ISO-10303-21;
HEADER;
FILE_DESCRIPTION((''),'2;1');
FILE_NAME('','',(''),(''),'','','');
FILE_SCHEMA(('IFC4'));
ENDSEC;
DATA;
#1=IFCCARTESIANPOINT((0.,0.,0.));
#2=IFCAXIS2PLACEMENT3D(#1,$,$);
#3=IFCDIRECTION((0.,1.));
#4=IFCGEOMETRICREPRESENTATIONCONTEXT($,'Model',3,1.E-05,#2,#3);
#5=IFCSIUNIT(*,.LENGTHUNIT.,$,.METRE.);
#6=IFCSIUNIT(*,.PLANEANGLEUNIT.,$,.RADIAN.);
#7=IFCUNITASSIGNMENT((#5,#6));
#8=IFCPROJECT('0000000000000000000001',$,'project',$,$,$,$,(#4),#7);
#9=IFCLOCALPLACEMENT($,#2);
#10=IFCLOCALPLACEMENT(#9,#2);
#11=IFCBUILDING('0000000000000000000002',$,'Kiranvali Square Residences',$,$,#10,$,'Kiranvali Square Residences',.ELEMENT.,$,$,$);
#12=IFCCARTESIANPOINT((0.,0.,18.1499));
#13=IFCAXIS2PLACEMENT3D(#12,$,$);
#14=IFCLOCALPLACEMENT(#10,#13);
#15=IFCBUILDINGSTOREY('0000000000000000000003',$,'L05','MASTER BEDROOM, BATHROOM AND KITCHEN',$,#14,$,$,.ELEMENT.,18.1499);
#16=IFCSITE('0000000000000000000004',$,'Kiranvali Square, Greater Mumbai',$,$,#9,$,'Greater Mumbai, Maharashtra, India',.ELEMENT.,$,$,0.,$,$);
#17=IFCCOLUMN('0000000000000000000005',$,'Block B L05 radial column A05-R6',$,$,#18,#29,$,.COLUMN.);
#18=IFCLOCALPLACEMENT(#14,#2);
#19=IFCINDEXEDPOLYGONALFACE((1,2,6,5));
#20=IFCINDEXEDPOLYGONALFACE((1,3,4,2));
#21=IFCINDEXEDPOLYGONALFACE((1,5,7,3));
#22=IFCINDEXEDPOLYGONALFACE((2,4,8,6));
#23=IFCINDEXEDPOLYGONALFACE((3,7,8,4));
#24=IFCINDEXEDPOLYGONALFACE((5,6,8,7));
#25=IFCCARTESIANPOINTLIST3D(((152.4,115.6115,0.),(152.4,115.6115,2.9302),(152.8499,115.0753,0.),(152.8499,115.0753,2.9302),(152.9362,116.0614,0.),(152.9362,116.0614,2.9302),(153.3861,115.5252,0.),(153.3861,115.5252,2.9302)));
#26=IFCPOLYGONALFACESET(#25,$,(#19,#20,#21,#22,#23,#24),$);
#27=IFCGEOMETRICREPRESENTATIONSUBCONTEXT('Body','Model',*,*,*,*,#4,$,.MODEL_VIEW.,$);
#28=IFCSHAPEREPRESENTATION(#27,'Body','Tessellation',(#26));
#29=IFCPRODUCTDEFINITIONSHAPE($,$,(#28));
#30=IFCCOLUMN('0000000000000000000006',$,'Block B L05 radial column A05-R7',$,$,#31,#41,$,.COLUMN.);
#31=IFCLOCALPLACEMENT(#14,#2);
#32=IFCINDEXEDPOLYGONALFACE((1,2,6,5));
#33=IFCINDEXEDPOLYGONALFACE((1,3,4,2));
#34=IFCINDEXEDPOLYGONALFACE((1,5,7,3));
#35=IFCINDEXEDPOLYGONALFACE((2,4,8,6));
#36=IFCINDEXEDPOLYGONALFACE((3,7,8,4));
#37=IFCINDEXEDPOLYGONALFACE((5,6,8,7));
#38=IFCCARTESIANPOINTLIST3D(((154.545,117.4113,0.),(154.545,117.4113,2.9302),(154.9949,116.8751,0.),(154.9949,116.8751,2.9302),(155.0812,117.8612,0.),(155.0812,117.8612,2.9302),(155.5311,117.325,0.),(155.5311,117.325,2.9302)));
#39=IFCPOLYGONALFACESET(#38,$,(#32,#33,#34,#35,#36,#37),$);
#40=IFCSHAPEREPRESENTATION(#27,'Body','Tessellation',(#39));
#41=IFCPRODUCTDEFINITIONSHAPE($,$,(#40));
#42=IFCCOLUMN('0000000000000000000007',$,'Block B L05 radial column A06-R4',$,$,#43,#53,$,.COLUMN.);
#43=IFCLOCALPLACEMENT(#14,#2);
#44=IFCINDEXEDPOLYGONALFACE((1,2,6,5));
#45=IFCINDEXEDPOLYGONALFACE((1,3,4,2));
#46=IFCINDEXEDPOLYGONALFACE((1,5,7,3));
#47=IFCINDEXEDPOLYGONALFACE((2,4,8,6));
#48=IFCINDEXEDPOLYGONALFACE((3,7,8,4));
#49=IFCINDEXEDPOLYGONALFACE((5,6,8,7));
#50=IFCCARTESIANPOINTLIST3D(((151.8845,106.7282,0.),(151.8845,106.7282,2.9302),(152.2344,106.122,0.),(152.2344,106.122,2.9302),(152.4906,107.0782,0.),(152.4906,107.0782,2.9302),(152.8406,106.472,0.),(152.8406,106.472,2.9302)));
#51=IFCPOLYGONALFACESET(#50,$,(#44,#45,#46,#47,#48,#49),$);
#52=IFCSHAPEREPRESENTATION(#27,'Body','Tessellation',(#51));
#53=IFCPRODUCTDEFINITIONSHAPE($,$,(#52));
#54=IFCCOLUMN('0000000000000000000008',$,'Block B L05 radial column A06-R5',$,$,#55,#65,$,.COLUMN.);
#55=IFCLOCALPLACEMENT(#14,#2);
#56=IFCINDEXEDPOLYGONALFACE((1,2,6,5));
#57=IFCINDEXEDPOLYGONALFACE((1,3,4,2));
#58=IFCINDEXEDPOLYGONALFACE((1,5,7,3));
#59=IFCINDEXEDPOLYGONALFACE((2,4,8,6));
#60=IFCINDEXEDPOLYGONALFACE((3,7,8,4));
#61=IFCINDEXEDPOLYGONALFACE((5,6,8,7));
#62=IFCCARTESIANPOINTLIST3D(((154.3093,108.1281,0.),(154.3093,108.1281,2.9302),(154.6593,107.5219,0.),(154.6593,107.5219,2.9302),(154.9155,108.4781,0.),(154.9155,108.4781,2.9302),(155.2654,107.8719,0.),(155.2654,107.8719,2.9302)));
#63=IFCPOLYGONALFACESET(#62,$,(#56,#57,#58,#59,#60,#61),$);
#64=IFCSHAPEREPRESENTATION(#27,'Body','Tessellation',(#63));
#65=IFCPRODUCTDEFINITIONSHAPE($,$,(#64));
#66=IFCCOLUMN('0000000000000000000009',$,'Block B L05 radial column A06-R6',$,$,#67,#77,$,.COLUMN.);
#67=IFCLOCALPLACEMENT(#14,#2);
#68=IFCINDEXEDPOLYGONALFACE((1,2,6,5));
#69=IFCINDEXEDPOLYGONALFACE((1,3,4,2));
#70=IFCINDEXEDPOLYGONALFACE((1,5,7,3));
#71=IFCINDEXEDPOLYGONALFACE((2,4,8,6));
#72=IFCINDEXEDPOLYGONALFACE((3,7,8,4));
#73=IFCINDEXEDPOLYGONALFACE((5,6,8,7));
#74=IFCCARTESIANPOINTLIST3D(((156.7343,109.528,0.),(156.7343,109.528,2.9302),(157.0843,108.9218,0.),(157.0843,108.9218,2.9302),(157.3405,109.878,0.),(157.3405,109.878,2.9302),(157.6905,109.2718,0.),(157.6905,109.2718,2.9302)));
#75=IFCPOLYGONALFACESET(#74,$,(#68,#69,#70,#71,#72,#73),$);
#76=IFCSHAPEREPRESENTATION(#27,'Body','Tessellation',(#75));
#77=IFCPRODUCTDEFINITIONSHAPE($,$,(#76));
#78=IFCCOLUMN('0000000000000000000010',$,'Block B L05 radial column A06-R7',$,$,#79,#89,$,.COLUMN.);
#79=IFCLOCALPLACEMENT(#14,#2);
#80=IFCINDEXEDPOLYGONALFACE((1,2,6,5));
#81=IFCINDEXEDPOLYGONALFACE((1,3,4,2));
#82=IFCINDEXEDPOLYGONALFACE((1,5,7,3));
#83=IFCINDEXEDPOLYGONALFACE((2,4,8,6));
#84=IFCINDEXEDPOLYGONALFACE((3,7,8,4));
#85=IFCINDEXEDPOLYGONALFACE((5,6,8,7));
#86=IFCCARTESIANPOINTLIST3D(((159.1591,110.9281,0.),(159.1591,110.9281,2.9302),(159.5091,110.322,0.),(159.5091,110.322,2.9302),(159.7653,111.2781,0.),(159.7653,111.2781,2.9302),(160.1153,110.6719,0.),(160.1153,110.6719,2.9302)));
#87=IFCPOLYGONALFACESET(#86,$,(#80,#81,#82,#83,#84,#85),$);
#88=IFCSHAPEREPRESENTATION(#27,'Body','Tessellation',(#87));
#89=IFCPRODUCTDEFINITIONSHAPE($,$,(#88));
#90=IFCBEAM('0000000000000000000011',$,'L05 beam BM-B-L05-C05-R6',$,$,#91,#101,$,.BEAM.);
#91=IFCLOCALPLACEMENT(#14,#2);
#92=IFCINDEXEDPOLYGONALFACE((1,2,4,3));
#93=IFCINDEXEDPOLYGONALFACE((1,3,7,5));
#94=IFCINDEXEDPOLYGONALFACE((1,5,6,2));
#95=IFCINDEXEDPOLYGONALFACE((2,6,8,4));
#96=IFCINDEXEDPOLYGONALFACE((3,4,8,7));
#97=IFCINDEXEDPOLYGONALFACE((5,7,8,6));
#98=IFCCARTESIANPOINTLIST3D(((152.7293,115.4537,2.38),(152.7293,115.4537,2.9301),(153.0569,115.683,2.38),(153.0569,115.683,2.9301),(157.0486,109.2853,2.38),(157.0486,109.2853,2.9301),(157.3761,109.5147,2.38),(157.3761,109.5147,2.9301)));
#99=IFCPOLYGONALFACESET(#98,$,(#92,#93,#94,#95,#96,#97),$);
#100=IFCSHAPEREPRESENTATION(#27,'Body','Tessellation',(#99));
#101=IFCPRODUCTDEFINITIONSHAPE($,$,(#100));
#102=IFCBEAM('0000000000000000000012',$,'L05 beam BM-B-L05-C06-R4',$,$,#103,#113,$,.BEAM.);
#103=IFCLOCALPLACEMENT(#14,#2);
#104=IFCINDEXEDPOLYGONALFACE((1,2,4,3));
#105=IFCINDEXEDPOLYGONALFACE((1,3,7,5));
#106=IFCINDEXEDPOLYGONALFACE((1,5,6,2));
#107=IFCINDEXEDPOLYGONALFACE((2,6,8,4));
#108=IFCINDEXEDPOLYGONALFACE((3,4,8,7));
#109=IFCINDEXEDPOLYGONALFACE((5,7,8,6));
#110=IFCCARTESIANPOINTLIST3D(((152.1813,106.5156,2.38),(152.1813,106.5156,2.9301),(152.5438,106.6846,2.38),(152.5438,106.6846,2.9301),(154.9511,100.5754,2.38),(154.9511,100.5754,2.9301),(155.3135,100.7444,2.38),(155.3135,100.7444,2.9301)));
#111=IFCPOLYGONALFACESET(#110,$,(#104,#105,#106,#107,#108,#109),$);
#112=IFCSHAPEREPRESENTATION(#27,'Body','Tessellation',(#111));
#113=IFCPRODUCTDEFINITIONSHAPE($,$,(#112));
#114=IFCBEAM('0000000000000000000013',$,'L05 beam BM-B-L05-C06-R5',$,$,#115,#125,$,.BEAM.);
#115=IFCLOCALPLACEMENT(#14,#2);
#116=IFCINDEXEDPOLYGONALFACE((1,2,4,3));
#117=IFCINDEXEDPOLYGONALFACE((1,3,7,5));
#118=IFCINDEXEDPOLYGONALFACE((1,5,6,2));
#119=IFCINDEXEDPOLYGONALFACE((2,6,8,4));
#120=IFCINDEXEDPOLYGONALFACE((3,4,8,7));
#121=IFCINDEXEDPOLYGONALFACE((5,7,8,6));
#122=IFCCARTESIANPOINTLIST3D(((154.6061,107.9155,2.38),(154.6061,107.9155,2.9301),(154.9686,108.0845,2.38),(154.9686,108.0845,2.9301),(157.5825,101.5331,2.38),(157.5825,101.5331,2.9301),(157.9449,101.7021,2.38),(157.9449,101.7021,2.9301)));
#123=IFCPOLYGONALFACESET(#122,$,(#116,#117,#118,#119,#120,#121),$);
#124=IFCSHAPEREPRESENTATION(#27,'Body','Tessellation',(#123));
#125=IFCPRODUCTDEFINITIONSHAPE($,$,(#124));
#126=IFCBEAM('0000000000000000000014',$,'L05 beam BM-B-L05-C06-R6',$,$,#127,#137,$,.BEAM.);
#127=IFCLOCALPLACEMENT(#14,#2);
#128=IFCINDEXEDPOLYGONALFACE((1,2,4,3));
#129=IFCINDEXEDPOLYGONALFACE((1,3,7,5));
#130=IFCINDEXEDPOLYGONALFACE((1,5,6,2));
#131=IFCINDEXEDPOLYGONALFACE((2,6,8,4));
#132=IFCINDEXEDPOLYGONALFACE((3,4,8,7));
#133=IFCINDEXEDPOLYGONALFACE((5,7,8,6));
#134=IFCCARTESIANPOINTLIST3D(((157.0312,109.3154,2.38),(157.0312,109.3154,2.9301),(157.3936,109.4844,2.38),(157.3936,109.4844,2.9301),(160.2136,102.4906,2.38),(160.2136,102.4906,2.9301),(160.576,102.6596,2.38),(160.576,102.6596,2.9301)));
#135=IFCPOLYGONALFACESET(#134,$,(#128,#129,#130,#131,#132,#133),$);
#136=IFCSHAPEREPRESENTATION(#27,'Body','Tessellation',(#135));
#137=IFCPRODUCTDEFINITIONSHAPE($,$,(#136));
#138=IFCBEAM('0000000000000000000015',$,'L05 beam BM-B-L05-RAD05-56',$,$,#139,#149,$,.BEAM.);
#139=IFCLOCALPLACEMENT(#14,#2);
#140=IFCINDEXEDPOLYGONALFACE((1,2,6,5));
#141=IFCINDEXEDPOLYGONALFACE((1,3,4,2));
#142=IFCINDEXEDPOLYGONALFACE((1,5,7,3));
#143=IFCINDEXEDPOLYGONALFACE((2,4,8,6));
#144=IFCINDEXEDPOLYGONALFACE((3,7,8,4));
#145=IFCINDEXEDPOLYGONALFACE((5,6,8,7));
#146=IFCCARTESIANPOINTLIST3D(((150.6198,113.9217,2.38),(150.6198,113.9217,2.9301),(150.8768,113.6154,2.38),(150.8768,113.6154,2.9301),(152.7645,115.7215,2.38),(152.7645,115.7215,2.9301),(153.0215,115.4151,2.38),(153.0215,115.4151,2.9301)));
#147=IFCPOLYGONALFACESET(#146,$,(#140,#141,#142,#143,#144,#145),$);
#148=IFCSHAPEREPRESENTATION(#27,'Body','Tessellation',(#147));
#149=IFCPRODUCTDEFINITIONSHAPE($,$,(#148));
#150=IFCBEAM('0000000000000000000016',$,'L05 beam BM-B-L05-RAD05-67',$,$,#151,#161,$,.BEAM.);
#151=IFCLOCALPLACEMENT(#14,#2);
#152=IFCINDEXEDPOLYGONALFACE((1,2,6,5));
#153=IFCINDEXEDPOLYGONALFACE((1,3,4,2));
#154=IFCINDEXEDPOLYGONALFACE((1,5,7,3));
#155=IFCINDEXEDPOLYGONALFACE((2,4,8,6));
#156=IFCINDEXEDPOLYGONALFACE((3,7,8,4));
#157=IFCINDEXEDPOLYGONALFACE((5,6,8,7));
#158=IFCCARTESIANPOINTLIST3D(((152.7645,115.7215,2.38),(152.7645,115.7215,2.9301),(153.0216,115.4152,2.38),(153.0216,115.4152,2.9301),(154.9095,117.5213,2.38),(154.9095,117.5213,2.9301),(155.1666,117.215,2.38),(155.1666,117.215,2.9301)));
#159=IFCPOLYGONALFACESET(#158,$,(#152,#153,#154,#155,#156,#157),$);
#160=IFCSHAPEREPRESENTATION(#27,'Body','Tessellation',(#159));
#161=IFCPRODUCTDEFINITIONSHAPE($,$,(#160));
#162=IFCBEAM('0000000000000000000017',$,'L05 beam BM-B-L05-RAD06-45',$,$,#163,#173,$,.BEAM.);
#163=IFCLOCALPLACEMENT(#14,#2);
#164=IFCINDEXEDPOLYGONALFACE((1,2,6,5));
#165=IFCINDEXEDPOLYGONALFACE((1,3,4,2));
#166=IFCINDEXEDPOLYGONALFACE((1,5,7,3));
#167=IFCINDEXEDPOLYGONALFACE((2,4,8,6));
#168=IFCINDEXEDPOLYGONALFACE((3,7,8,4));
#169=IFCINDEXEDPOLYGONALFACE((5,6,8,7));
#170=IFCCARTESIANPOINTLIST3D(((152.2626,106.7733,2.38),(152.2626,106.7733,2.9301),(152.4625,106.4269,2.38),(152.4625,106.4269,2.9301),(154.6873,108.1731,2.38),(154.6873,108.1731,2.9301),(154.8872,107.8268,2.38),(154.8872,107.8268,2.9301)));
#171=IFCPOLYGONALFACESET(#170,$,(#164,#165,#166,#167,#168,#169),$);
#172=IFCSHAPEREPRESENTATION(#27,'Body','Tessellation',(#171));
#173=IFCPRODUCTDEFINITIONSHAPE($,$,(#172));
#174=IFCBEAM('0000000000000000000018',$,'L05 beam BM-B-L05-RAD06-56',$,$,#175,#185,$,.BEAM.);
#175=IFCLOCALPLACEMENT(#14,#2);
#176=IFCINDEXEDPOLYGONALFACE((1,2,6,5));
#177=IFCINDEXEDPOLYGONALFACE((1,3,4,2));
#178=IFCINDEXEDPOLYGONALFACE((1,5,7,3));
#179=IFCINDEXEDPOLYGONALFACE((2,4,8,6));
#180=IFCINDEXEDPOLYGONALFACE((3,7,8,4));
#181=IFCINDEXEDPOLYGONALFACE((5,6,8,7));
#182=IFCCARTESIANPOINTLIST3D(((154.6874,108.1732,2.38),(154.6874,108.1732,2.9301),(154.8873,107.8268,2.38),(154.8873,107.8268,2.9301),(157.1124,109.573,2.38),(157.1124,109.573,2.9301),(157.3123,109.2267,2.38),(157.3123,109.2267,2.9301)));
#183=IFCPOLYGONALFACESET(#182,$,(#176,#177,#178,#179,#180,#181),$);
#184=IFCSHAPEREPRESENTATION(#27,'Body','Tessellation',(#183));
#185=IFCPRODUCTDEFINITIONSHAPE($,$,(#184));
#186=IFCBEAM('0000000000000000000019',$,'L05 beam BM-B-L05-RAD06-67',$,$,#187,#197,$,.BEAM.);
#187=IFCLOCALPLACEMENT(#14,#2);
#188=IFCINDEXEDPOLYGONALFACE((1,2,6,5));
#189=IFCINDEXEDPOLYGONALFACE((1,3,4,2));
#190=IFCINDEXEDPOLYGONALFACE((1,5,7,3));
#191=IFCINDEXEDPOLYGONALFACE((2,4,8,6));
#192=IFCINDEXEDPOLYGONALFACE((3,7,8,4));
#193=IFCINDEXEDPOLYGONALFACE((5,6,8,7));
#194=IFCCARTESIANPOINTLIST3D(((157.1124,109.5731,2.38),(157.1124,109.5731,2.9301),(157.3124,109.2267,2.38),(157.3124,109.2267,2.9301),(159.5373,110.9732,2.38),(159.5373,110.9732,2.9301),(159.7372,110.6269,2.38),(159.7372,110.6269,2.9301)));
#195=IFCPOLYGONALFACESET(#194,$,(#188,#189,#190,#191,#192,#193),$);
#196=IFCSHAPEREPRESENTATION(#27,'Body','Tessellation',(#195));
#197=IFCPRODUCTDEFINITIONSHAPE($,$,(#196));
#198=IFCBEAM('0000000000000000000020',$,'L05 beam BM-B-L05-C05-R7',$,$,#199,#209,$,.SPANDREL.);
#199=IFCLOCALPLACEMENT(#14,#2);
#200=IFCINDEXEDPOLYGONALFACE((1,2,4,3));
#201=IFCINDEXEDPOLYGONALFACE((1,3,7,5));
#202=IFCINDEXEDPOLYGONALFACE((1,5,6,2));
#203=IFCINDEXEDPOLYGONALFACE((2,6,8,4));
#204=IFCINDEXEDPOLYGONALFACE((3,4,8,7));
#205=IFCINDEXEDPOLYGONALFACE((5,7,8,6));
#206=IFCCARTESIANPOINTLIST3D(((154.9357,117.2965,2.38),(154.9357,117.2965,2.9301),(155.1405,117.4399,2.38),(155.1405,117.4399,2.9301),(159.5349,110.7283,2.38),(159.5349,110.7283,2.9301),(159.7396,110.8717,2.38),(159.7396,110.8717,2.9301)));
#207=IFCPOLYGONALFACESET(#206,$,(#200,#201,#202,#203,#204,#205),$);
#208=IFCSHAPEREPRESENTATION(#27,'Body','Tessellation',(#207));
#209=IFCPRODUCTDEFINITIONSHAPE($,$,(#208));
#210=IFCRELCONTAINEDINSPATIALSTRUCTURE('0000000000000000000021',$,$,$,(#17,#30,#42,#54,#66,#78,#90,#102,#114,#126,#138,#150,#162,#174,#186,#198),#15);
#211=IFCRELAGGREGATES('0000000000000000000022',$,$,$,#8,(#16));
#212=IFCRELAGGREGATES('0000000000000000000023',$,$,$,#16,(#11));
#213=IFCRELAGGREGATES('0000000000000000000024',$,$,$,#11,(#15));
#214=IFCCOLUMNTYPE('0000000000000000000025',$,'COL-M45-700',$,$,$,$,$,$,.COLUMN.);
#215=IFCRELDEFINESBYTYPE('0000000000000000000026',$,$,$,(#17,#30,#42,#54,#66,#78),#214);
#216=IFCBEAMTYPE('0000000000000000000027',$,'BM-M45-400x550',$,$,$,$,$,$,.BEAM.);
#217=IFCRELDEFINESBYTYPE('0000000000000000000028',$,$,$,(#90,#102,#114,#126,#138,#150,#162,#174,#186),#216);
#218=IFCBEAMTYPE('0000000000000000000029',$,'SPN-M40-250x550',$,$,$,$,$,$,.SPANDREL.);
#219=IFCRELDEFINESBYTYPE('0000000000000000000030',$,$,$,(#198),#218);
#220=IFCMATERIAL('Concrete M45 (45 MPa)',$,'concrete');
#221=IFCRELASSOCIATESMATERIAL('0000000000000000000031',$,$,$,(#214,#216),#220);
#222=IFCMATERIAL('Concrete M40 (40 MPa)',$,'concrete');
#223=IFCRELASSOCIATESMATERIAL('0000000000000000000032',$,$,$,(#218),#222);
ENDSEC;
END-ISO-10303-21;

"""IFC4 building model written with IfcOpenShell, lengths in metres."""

from ifc_helpers import new_model, si_unit, direction, frame, origin, origin_2d, place, context, subcontext, project, spatial, rectangle, extrude, material, material_profile, profile_set, type_object, element, save


model = new_model("IFC4")

# Units and contexts
model_context = context("Model", 3, precision=1e-05, world=origin(), true_north=direction((0.0, 1.0)))
body_context = subcontext(model_context, "Body", "Model", "MODEL_VIEW")
ifc_project = project(units=[si_unit("LENGTHUNIT", "METRE"), si_unit("PLANEANGLEUNIT", "RADIAN")], contexts=[model_context])

# Site, building, storey
site_placement = place(None, origin())
site = spatial("IfcSite", under=ifc_project, at=site_placement, Name="Kiranvali Square, Greater Mumbai", LongName="Greater Mumbai, Maharashtra, India", CompositionType="ELEMENT", RefElevation=0.0)
building_placement = place(site_placement, origin())
building = spatial("IfcBuilding", under=site, at=building_placement, Name="Kiranvali Square Residences", LongName="Kiranvali Square Residences", CompositionType="ELEMENT")
storey_placement = place(building_placement, frame((0.0, 0.0, 18.1499)))
storey = spatial("IfcBuildingStorey", under=building, at=storey_placement, Name="L05", Description="MASTER BEDROOM, BATHROOM AND KITCHEN", CompositionType="ELEMENT", Elevation=18.1499)

# Columns
ifc_material_1 = material(Name="Concrete M45 (45 MPa)", Category="concrete")
ifc_material_profile_1 = material_profile(ifc_material_1, rectangle(XDim=0.7, YDim=0.7, at=origin_2d()), Name="RC 700x700")
ifc_profile_set_1 = profile_set([ifc_material_profile_1], Name="Concrete M45 (45 MPa)")
column_type = type_object("IfcColumnType", Name="COL-M45-700", PredefinedType="COLUMN", material=ifc_profile_set_1)
for number, where, z_axis, x_axis, name in (
    (1, (152.8931, 115.5684, 0.0), (0.0, 0.0, 1.0), (-0.642788, 0.766044, 0.0), "Block B L05 radial column A05-R6"),
    (2, (155.0381, 117.3682, 0.0), (0.0, 0.0, 1.0), (-0.642788, 0.766044, 0.0), "Block B L05 radial column A05-R7"),
    (3, (152.3625, 106.6001, 0.0), (0.0, 0.0, 1.0), (-0.5, 0.866025, 0.0), "Block B L05 radial column A06-R4"),
    (4, (154.7874, 108.0, 0.0), (0.0, 0.0, 1.0), (-0.5, 0.866025, 0.0), "Block B L05 radial column A06-R5"),
    (5, (157.2124, 109.3999, 0.0), (0.0, 0.0, 1.0), (-0.5, 0.866025, 0.0), "Block B L05 radial column A06-R6"),
    (6, (159.6372, 110.8, 0.0), (0.0, 0.0, 1.0), (-0.5, 0.866025, 0.0), "Block B L05 radial column A06-R7"),
):
    element("IfcColumn", number, at=place(storey_placement, frame(where, z_axis=z_axis, x_axis=x_axis)), inside=storey, type_object=column_type, Name=name, PredefinedType="COLUMN", context=body_context, shape_type="SweptSolid", body=[
        extrude(rectangle(XDim=0.7, YDim=0.7, at=origin_2d()), origin(), (0.0, 0.0, 1.0), 2.9302),
    ])

# Beams
ifc_material_profile_2 = material_profile(ifc_material_1, rectangle(XDim=0.3999, YDim=0.55, at=origin_2d()), Name="RC 400x550")
ifc_profile_set_2 = profile_set([ifc_material_profile_2], Name="Concrete M45 (45 MPa)")
beam_type_1 = type_object("IfcBeamType", Name="BM-M45-400x550", PredefinedType="BEAM", material=ifc_profile_set_2)
beam_1_placement = place(storey_placement, frame((152.8931, 115.5684, 2.655), z_axis=(0.573589, -0.819144, 0.0), x_axis=(0.819144, 0.573589, 0.0)))
element("IfcBeam", 7, at=beam_1_placement, inside=storey, type_object=beam_type_1, Name="L05 beam BM-B-L05-C05-R6", PredefinedType="BEAM", context=body_context, shape_type="SweptSolid", body=[
    extrude(rectangle(XDim=0.3999, YDim=0.55, at=origin_2d()), origin(), (0.0, 0.0, 1.0), 7.5303),
])
beam_2_placement = place(storey_placement, frame((152.3625, 106.6001, 2.655), z_axis=(0.422596, -0.906318, 0.0), x_axis=(0.906318, 0.422596, 0.0)))
element("IfcBeam", 8, at=beam_2_placement, inside=storey, type_object=beam_type_1, Name="L05 beam BM-B-L05-C06-R4", PredefinedType="BEAM", context=body_context, shape_type="SweptSolid", body=[
    extrude(rectangle(XDim=0.3999, YDim=0.55, at=origin_2d()), origin(), (0.0, 0.0, 1.0), 6.5542),
])
beam_3_placement = place(storey_placement, frame((154.7874, 108.0, 2.655), z_axis=(0.422641, -0.906297, 0.0), x_axis=(0.906297, 0.422641, 0.0)))
element("IfcBeam", 9, at=beam_3_placement, inside=storey, type_object=beam_type_1, Name="L05 beam BM-B-L05-C06-R5", PredefinedType="BEAM", context=body_context, shape_type="SweptSolid", body=[
    extrude(rectangle(XDim=0.3999, YDim=0.55, at=origin_2d()), origin(), (0.0, 0.0, 1.0), 7.0422),
])
beam_4_placement = place(storey_placement, frame((157.2124, 109.3999, 2.655), z_axis=(0.422614, -0.90631, 0.0), x_axis=(0.90631, 0.422614, 0.0)))
element("IfcBeam", 10, at=beam_4_placement, inside=storey, type_object=beam_type_1, Name="L05 beam BM-B-L05-C06-R6", PredefinedType="BEAM", context=body_context, shape_type="SweptSolid", body=[
    extrude(rectangle(XDim=0.3999, YDim=0.55, at=origin_2d()), origin(), (0.0, 0.0, 1.0), 7.5303),
])
beam_5_placement = place(storey_placement, frame((150.7483, 113.7686, 2.655), z_axis=(0.766023, 0.642814, 0.0), x_axis=(-0.642814, 0.766023, 0.0)))
element("IfcBeam", 11, at=beam_5_placement, inside=storey, type_object=beam_type_1, Name="L05 beam BM-B-L05-RAD05-56", PredefinedType="BEAM", context=body_context, shape_type="SweptSolid", body=[
    extrude(rectangle(XDim=0.3999, YDim=0.55, at=origin_2d()), origin(), (0.0, 0.0, 1.0), 2.7998),
])
beam_6_placement = place(storey_placement, frame((152.8931, 115.5684, 2.655), z_axis=(0.766059, 0.642771, 0.0), x_axis=(-0.642771, 0.766059, 0.0)))
element("IfcBeam", 12, at=beam_6_placement, inside=storey, type_object=beam_type_1, Name="L05 beam BM-B-L05-RAD05-67", PredefinedType="BEAM", context=body_context, shape_type="SweptSolid", body=[
    extrude(rectangle(XDim=0.3999, YDim=0.55, at=origin_2d()), origin(), (0.0, 0.0, 1.0), 2.8),
])
beam_7_placement = place(storey_placement, frame((152.3625, 106.6001, 2.655), z_axis=(0.866035, 0.499984, 0.0), x_axis=(-0.499984, 0.866035, 0.0)))
element("IfcBeam", 13, at=beam_7_placement, inside=storey, type_object=beam_type_1, Name="L05 beam BM-B-L05-RAD06-45", PredefinedType="BEAM", context=body_context, shape_type="SweptSolid", body=[
    extrude(rectangle(XDim=0.3999, YDim=0.55, at=origin_2d()), origin(), (0.0, 0.0, 1.0), 2.7998),
])
for number, where, z_axis, x_axis, name in (
    (14, (154.7874, 108.0, 2.655), (0.866056, 0.499946, 0.0), (-0.499946, 0.866056, 0.0), "L05 beam BM-B-L05-RAD06-56"),
    (15, (157.2124, 109.3999, 2.655), (0.865997, 0.50005, 0.0), (-0.50005, 0.865997, 0.0), "L05 beam BM-B-L05-RAD06-67"),
):
    element("IfcBeam", number, at=place(storey_placement, frame(where, z_axis=z_axis, x_axis=x_axis)), inside=storey, type_object=beam_type_1, Name=name, PredefinedType="BEAM", context=body_context, shape_type="SweptSolid", body=[
        extrude(rectangle(XDim=0.3999, YDim=0.55, at=origin_2d()), origin(), (0.0, 0.0, 1.0), 2.8),
    ])
ifc_material_2 = material(Name="Concrete M40 (40 MPa)", Category="concrete")
ifc_material_profile_3 = material_profile(ifc_material_2, rectangle(XDim=0.25, YDim=0.55, at=origin_2d()), Name="RC 250x550")
ifc_profile_set_3 = profile_set([ifc_material_profile_3], Name="Concrete M40 (40 MPa)")
beam_type_2 = type_object("IfcBeamType", Name="SPN-M40-250x550", PredefinedType="SPANDREL", material=ifc_profile_set_3)
for number, where, z_axis, x_axis, name in (
    (16, (155.0381, 117.3682, 2.655), (0.573583, -0.819148, 0.0), (0.819148, 0.573583, 0.0), "L05 beam BM-B-L05-C05-R7"),
):
    element("IfcBeam", number, at=place(storey_placement, frame(where, z_axis=z_axis, x_axis=x_axis)), inside=storey, type_object=beam_type_2, Name=name, PredefinedType="SPANDREL", context=body_context, shape_type="SweptSolid", body=[
        extrude(rectangle(XDim=0.25, YDim=0.55, at=origin_2d()), origin(), (0.0, 0.0, 1.0), 8.0183),
    ])

save(model, "model.ifc")
